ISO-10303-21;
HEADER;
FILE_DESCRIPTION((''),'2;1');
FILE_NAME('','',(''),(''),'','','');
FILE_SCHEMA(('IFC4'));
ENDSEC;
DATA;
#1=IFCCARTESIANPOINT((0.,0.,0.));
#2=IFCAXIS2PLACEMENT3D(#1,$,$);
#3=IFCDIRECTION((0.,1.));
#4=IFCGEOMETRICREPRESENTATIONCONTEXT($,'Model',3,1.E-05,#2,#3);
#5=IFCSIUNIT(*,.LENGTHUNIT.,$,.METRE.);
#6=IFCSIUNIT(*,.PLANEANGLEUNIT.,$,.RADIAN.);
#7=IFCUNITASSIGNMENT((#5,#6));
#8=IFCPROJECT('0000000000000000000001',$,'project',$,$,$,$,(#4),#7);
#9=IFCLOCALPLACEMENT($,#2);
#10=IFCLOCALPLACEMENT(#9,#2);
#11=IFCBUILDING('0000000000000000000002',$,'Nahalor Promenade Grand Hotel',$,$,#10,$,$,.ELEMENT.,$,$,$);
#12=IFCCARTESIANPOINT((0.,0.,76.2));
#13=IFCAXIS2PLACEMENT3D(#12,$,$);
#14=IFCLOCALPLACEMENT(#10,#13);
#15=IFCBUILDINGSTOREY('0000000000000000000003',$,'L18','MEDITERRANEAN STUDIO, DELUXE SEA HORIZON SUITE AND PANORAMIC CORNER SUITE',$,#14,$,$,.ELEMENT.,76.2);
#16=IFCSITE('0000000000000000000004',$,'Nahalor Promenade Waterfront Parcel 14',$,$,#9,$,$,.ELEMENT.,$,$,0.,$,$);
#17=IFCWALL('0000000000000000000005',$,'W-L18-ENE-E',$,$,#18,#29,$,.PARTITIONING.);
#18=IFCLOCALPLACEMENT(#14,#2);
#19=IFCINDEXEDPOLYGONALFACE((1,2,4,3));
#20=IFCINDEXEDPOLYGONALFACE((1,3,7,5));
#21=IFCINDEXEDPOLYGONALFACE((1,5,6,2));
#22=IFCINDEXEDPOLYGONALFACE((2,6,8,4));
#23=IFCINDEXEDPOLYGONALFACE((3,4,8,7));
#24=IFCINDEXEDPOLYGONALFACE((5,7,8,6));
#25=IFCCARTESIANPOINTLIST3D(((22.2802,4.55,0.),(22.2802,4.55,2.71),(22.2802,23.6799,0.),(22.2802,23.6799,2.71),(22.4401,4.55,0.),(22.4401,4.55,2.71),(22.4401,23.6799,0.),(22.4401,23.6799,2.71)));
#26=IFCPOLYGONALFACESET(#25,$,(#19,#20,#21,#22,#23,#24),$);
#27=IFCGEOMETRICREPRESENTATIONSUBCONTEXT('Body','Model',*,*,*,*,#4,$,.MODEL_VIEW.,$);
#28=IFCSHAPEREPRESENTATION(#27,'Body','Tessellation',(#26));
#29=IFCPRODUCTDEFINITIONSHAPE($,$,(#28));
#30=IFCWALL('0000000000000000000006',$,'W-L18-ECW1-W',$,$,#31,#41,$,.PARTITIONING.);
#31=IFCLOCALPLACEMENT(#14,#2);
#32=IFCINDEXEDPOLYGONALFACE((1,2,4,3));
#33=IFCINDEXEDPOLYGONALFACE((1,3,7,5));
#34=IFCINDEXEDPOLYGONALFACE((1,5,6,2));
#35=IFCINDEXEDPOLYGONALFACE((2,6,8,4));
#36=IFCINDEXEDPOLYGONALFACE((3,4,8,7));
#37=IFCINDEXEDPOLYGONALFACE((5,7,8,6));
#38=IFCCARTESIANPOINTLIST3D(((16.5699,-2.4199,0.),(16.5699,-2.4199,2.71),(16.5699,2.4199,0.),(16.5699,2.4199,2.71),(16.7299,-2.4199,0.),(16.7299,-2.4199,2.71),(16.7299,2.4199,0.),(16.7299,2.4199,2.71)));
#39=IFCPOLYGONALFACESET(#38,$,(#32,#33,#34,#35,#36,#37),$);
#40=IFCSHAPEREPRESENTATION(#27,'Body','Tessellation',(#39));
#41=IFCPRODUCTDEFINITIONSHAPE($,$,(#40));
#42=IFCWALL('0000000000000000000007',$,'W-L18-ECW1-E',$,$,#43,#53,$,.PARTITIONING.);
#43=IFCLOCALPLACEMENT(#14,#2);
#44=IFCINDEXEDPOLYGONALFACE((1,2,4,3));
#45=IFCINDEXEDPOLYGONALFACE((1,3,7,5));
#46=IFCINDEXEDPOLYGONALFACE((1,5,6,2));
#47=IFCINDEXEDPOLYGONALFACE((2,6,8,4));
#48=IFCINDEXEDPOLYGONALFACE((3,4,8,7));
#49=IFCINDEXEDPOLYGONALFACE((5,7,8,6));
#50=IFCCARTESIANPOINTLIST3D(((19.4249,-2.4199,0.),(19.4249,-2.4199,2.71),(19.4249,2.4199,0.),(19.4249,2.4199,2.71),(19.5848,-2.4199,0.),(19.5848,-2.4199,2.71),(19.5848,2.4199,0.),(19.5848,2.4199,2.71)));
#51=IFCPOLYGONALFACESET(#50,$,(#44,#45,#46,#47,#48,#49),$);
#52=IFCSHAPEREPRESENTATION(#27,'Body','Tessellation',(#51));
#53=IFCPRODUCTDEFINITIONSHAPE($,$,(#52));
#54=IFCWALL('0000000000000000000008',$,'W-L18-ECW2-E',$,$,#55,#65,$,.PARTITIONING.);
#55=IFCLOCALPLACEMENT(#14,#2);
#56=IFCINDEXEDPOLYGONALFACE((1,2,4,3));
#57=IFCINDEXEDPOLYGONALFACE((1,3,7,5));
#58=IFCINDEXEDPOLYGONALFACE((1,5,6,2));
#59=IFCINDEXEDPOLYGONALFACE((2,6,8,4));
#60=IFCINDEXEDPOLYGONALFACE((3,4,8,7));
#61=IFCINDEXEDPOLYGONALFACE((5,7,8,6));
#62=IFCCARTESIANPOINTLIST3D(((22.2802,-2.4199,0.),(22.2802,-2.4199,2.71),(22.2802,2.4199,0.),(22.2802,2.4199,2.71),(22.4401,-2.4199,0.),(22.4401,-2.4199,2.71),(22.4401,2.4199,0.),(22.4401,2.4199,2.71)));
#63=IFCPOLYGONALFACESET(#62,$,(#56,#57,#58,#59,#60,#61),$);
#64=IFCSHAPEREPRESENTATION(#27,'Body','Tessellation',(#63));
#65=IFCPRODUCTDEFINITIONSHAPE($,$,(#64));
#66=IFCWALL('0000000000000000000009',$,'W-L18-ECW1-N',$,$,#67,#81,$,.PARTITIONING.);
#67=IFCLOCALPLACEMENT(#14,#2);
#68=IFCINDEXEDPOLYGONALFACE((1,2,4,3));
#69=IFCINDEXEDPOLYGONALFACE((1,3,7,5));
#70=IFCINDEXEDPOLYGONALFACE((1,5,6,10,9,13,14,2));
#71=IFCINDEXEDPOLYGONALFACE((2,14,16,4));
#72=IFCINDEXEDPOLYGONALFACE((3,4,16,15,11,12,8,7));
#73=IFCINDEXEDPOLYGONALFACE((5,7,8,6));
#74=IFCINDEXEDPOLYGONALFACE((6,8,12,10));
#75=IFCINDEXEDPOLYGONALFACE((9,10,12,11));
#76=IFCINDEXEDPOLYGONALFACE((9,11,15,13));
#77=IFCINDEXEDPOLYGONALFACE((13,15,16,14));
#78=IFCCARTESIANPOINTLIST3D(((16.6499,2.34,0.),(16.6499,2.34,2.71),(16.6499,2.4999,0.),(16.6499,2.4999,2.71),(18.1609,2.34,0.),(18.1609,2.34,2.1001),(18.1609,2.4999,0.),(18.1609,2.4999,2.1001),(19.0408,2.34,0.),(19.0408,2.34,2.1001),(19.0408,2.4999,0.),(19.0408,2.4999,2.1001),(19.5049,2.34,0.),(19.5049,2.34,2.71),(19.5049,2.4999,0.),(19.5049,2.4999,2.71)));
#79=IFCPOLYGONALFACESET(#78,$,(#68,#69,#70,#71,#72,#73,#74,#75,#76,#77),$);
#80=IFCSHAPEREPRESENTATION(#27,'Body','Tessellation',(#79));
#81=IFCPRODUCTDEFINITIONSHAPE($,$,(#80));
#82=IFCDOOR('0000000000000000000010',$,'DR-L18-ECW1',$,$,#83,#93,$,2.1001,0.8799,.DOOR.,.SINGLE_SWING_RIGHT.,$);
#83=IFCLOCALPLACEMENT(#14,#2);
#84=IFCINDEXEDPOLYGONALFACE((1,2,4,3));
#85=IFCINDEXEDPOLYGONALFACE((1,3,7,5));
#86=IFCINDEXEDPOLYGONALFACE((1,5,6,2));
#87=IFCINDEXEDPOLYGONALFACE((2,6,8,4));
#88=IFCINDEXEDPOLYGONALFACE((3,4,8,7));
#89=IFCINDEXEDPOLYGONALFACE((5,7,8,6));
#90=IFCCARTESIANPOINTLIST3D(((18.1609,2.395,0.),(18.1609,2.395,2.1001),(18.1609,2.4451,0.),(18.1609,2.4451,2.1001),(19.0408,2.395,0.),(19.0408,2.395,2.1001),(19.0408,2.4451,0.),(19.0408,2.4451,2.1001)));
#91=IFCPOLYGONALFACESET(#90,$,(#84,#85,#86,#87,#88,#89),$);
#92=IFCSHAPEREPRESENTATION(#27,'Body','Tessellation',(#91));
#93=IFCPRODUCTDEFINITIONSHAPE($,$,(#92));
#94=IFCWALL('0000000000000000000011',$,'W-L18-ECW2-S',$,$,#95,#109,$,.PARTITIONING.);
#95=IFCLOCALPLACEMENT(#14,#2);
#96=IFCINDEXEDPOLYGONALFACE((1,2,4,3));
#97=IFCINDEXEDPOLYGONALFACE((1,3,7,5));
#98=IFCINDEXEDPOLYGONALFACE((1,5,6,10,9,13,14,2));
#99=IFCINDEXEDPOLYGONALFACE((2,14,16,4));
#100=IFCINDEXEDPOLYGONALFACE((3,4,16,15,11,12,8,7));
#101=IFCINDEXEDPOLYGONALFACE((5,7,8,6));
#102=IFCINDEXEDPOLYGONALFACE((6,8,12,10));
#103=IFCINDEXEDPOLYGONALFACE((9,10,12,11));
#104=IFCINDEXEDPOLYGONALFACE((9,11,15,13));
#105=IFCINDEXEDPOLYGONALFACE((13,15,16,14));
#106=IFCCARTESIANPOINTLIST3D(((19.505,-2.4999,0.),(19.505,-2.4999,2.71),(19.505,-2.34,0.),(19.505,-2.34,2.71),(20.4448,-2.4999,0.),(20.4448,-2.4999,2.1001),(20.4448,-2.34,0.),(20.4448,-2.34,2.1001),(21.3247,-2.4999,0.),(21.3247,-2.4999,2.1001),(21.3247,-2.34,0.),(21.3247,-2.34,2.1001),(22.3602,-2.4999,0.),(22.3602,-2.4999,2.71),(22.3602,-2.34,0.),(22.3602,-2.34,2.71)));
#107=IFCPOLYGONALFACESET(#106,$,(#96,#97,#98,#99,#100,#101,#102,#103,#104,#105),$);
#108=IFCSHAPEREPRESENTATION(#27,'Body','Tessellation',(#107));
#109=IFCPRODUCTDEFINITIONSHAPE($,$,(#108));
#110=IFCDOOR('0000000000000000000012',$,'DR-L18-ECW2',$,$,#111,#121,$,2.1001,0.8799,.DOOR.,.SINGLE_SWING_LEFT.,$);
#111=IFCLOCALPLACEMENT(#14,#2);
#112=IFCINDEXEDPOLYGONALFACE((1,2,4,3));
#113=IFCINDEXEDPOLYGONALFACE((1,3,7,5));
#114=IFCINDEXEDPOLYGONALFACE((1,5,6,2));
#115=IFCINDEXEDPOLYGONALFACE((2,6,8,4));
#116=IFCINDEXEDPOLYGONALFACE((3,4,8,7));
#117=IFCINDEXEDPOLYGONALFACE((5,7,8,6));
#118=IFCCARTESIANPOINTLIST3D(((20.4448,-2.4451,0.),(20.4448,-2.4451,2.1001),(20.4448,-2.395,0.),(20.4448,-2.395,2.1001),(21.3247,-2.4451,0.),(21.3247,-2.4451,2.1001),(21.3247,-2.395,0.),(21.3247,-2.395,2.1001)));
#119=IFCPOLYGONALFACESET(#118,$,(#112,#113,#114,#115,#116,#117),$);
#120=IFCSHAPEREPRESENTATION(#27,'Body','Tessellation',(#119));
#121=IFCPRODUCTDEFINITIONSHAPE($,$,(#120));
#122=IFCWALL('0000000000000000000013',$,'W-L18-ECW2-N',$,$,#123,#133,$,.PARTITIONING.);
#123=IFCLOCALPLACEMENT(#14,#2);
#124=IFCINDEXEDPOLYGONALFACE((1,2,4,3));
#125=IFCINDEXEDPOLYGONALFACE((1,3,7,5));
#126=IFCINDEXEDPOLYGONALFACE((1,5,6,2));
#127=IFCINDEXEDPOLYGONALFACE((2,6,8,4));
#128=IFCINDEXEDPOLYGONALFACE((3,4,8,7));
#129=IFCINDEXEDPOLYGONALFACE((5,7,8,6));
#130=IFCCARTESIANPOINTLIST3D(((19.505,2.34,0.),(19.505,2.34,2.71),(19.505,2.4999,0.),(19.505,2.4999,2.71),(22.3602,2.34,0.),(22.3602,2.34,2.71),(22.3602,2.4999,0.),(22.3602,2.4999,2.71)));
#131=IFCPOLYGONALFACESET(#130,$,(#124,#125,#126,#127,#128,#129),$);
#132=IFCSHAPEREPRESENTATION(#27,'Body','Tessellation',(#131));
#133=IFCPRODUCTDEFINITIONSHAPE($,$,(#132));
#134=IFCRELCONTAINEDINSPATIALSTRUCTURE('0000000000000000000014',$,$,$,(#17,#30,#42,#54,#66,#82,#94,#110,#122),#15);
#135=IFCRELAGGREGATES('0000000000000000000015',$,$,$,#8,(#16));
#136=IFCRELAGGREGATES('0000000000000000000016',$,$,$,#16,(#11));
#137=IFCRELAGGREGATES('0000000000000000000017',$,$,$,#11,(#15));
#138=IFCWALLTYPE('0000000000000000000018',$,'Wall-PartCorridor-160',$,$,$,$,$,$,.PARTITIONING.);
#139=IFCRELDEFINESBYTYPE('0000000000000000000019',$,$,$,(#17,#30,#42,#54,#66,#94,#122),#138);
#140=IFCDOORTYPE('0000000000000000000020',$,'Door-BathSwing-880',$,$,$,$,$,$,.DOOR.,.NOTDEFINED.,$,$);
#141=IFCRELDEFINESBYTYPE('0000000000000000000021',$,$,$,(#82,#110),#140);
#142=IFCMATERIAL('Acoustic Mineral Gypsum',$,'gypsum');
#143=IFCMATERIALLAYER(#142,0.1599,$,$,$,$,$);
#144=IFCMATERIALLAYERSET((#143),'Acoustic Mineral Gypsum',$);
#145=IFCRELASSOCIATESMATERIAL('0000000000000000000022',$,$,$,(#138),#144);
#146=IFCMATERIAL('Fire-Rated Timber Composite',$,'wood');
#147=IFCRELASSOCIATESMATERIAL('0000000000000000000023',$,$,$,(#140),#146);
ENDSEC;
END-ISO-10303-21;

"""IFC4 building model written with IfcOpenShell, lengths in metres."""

from ifc_helpers import new_model, si_unit, direction, frame, frame_2d, origin, place, context, subcontext, project, spatial, rectangle, extrude, source, transform, mapped, material, layer, layer_set, type_object, element, fill, save


model = new_model("IFC4")

# Units and contexts
model_context = context("Model", 3, precision=1e-05, world=origin(), true_north=direction((0.0, 1.0)))
body_context = subcontext(model_context, "Body", "Model", "MODEL_VIEW")
ifc_project = project(units=[si_unit("LENGTHUNIT", "METRE"), si_unit("PLANEANGLEUNIT", "RADIAN")], contexts=[model_context])

# Site, building, storey
site_placement = place(None, origin())
site = spatial("IfcSite", under=ifc_project, at=site_placement, Name="Nahalor Promenade Waterfront Parcel 14", CompositionType="ELEMENT", RefElevation=0.0)
building_placement = place(site_placement, origin())
building = spatial("IfcBuilding", under=site, at=building_placement, Name="Nahalor Promenade Grand Hotel", CompositionType="ELEMENT")
storey_placement = place(building_placement, frame((0.0, 0.0, 76.2)))
storey = spatial("IfcBuildingStorey", under=building, at=storey_placement, Name="L18", Description="MEDITERRANEAN STUDIO, DELUXE SEA HORIZON SUITE AND PANORAMIC CORNER SUITE", CompositionType="ELEMENT", Elevation=76.2)

# Shared definitions
ifc_material_1 = material(Name="Acoustic Mineral Gypsum", Category="gypsum")
ifc_layer_1 = layer(ifc_material_1, 0.1599)
ifc_layer_set_1 = layer_set([ifc_layer_1], Name="Acoustic Mineral Gypsum")
wall_type_1 = type_object("IfcWallType", Name="Wall-PartCorridor-160", PredefinedType="PARTITIONING", material=ifc_layer_set_1)
ifc_material_2 = material(Name="Fire-Rated Timber Composite", Category="wood")

# Walls
shared_shape_1 = source(origin(), body_context, "Body", "SweptSolid", [
    extrude(rectangle(XDim=19.1299, YDim=0.1599, at=frame_2d((9.5649, 0.0))), origin(), (0.0, 0.0, 1.0), 2.71),
])
wall_1_placement = place(storey_placement, frame((22.3601, 4.55, 0.0), z_axis=(0.0, 0.0, 1.0), x_axis=(0.0, 1.0, 0.0)))
element("IfcWall", 1, at=wall_1_placement, inside=storey, type_object=wall_type_1, Name="W-L18-ENE-E", PredefinedType="PARTITIONING", context=body_context, shape_type="MappedRepresentation", body=[
    mapped(shared_shape_1, transform((0.0, 0.0, 0.0), scale=1.0)),
])
shared_shape_2 = source(origin(), body_context, "Body", "SweptSolid", [
    extrude(rectangle(XDim=4.8398, YDim=0.1599, at=frame_2d((2.4199, 0.0))), origin(), (0.0, 0.0, 1.0), 2.71),
])
for number, where, z_axis, x_axis, name in (
    (2, (16.6499, -2.4199, 0.0), (0.0, 0.0, 1.0), (0.0, 1.0, 0.0), "W-L18-ECW1-W"),
    (3, (19.5049, -2.4199, 0.0), (0.0, 0.0, 1.0), (0.0, 1.0, 0.0), "W-L18-ECW1-E"),
    (4, (22.3601, -2.4199, 0.0), (0.0, 0.0, 1.0), (0.0, 1.0, 0.0), "W-L18-ECW2-E"),
):
    element("IfcWall", number, at=place(storey_placement, frame(where, z_axis=z_axis, x_axis=x_axis)), inside=storey, type_object=wall_type_1, Name=name, PredefinedType="PARTITIONING", context=body_context, shape_type="MappedRepresentation", body=[
        mapped(shared_shape_2, transform((0.0, 0.0, 0.0), scale=1.0)),
    ])

# Walls, openings, doors
shared_shape_3 = source(origin(), body_context, "Body", "SweptSolid", [
    extrude(rectangle(XDim=2.855, YDim=0.1599, at=frame_2d((1.4275, 0.0))), origin(), (0.0, 0.0, 1.0), 2.71),
])
wall_2_placement = place(storey_placement, frame((16.6499, 2.4199, 0.0), z_axis=(0.0, 0.0, 1.0), x_axis=(1.0, 0.0, 0.0)))
wall_2 = element("IfcWall", 5, at=wall_2_placement, inside=storey, type_object=wall_type_1, Name="W-L18-ECW1-N", PredefinedType="PARTITIONING", context=body_context, shape_type="MappedRepresentation", body=[
    mapped(shared_shape_3, transform((0.0, 0.0, 0.0), scale=1.0)),
])
opening_1_placement = place(wall_2_placement, frame((1.511, 0.0, 0.0)))
opening_1 = element("IfcOpeningElement", 6, at=opening_1_placement, cuts=wall_2, PredefinedType="OPENING", context=body_context, shape_type="SweptSolid", body=[
    extrude(rectangle(XDim=0.8799, YDim=2.1001, at=frame_2d((0.4399, 1.05))), frame((0.0, 0.0898, 0.0), z_axis=(0.0, -1.0, 0.0), x_axis=(1.0, 0.0, 0.0)), (0.0, 0.0, 1.0), 0.1799),
])
door_type_1 = type_object("IfcDoorType", Name="Door-BathSwing-880", OperationType="NOTDEFINED", PredefinedType="DOOR", material=ifc_material_2)
shared_shape_4 = source(origin(), body_context, "Body", "SweptSolid", [
    extrude(rectangle(XDim=0.8799, YDim=2.1001, at=frame_2d((0.4399, 1.05))), frame((0.0, 0.0249, 0.0), z_axis=(0.0, -1.0, 0.0), x_axis=(1.0, 0.0, 0.0)), (0.0, 0.0, 1.0), 0.05),
])
door_1_placement = place(opening_1_placement, frame((0.8799, 0.0, 0.0), z_axis=(0.0, 0.0, 1.0), x_axis=(-1.0, 0.0, 0.0)))
door_1 = element("IfcDoor", 7, at=door_1_placement, inside=storey, type_object=door_type_1, Name="DR-L18-ECW1", OperationType="SINGLE_SWING_RIGHT", OverallHeight=2.1001, OverallWidth=0.8799, PredefinedType="DOOR", context=body_context, shape_type="MappedRepresentation", body=[
    mapped(shared_shape_4, transform((0.0, 0.0, 0.0), scale=1.0)),
])
fill(opening_1, door_1)
shared_shape_5 = source(origin(), body_context, "Body", "SweptSolid", [
    extrude(rectangle(XDim=2.8552, YDim=0.1599, at=frame_2d((1.4277, 0.0))), origin(), (0.0, 0.0, 1.0), 2.71),
])
wall_3_placement = place(storey_placement, frame((19.5049, -2.4199, 0.0), z_axis=(0.0, 0.0, 1.0), x_axis=(1.0, 0.0, 0.0)))
wall_3 = element("IfcWall", 8, at=wall_3_placement, inside=storey, type_object=wall_type_1, Name="W-L18-ECW2-S", PredefinedType="PARTITIONING", context=body_context, shape_type="MappedRepresentation", body=[
    mapped(shared_shape_5, transform((0.0, 0.0, 0.0), scale=1.0)),
])
opening_2_placement = place(wall_3_placement, frame((0.9399, 0.0, 0.0)))
opening_2 = element("IfcOpeningElement", 9, at=opening_2_placement, cuts=wall_3, PredefinedType="OPENING", context=body_context, shape_type="SweptSolid", body=[
    extrude(rectangle(XDim=0.8799, YDim=2.1001, at=frame_2d((0.4399, 1.05))), frame((0.0, 0.0898, 0.0), z_axis=(0.0, -1.0, 0.0), x_axis=(1.0, 0.0, 0.0)), (0.0, 0.0, 1.0), 0.1799),
])
door_2_placement = place(opening_2_placement, origin())
door_2 = element("IfcDoor", 10, at=door_2_placement, inside=storey, type_object=door_type_1, Name="DR-L18-ECW2", OperationType="SINGLE_SWING_LEFT", OverallHeight=2.1001, OverallWidth=0.8799, PredefinedType="DOOR", context=body_context, shape_type="MappedRepresentation", body=[
    mapped(shared_shape_4, transform((0.0, 0.0, 0.0), scale=1.0)),
])
fill(opening_2, door_2)

# Wall
wall_4_placement = place(storey_placement, frame((19.5049, 2.4199, 0.0), z_axis=(0.0, 0.0, 1.0), x_axis=(1.0, 0.0, 0.0)))
element("IfcWall", 11, at=wall_4_placement, inside=storey, type_object=wall_type_1, Name="W-L18-ECW2-N", PredefinedType="PARTITIONING", context=body_context, shape_type="MappedRepresentation", body=[
    mapped(shared_shape_5, transform((0.0, 0.0, 0.0), scale=1.0)),
])

save(model, "model.ifc")
